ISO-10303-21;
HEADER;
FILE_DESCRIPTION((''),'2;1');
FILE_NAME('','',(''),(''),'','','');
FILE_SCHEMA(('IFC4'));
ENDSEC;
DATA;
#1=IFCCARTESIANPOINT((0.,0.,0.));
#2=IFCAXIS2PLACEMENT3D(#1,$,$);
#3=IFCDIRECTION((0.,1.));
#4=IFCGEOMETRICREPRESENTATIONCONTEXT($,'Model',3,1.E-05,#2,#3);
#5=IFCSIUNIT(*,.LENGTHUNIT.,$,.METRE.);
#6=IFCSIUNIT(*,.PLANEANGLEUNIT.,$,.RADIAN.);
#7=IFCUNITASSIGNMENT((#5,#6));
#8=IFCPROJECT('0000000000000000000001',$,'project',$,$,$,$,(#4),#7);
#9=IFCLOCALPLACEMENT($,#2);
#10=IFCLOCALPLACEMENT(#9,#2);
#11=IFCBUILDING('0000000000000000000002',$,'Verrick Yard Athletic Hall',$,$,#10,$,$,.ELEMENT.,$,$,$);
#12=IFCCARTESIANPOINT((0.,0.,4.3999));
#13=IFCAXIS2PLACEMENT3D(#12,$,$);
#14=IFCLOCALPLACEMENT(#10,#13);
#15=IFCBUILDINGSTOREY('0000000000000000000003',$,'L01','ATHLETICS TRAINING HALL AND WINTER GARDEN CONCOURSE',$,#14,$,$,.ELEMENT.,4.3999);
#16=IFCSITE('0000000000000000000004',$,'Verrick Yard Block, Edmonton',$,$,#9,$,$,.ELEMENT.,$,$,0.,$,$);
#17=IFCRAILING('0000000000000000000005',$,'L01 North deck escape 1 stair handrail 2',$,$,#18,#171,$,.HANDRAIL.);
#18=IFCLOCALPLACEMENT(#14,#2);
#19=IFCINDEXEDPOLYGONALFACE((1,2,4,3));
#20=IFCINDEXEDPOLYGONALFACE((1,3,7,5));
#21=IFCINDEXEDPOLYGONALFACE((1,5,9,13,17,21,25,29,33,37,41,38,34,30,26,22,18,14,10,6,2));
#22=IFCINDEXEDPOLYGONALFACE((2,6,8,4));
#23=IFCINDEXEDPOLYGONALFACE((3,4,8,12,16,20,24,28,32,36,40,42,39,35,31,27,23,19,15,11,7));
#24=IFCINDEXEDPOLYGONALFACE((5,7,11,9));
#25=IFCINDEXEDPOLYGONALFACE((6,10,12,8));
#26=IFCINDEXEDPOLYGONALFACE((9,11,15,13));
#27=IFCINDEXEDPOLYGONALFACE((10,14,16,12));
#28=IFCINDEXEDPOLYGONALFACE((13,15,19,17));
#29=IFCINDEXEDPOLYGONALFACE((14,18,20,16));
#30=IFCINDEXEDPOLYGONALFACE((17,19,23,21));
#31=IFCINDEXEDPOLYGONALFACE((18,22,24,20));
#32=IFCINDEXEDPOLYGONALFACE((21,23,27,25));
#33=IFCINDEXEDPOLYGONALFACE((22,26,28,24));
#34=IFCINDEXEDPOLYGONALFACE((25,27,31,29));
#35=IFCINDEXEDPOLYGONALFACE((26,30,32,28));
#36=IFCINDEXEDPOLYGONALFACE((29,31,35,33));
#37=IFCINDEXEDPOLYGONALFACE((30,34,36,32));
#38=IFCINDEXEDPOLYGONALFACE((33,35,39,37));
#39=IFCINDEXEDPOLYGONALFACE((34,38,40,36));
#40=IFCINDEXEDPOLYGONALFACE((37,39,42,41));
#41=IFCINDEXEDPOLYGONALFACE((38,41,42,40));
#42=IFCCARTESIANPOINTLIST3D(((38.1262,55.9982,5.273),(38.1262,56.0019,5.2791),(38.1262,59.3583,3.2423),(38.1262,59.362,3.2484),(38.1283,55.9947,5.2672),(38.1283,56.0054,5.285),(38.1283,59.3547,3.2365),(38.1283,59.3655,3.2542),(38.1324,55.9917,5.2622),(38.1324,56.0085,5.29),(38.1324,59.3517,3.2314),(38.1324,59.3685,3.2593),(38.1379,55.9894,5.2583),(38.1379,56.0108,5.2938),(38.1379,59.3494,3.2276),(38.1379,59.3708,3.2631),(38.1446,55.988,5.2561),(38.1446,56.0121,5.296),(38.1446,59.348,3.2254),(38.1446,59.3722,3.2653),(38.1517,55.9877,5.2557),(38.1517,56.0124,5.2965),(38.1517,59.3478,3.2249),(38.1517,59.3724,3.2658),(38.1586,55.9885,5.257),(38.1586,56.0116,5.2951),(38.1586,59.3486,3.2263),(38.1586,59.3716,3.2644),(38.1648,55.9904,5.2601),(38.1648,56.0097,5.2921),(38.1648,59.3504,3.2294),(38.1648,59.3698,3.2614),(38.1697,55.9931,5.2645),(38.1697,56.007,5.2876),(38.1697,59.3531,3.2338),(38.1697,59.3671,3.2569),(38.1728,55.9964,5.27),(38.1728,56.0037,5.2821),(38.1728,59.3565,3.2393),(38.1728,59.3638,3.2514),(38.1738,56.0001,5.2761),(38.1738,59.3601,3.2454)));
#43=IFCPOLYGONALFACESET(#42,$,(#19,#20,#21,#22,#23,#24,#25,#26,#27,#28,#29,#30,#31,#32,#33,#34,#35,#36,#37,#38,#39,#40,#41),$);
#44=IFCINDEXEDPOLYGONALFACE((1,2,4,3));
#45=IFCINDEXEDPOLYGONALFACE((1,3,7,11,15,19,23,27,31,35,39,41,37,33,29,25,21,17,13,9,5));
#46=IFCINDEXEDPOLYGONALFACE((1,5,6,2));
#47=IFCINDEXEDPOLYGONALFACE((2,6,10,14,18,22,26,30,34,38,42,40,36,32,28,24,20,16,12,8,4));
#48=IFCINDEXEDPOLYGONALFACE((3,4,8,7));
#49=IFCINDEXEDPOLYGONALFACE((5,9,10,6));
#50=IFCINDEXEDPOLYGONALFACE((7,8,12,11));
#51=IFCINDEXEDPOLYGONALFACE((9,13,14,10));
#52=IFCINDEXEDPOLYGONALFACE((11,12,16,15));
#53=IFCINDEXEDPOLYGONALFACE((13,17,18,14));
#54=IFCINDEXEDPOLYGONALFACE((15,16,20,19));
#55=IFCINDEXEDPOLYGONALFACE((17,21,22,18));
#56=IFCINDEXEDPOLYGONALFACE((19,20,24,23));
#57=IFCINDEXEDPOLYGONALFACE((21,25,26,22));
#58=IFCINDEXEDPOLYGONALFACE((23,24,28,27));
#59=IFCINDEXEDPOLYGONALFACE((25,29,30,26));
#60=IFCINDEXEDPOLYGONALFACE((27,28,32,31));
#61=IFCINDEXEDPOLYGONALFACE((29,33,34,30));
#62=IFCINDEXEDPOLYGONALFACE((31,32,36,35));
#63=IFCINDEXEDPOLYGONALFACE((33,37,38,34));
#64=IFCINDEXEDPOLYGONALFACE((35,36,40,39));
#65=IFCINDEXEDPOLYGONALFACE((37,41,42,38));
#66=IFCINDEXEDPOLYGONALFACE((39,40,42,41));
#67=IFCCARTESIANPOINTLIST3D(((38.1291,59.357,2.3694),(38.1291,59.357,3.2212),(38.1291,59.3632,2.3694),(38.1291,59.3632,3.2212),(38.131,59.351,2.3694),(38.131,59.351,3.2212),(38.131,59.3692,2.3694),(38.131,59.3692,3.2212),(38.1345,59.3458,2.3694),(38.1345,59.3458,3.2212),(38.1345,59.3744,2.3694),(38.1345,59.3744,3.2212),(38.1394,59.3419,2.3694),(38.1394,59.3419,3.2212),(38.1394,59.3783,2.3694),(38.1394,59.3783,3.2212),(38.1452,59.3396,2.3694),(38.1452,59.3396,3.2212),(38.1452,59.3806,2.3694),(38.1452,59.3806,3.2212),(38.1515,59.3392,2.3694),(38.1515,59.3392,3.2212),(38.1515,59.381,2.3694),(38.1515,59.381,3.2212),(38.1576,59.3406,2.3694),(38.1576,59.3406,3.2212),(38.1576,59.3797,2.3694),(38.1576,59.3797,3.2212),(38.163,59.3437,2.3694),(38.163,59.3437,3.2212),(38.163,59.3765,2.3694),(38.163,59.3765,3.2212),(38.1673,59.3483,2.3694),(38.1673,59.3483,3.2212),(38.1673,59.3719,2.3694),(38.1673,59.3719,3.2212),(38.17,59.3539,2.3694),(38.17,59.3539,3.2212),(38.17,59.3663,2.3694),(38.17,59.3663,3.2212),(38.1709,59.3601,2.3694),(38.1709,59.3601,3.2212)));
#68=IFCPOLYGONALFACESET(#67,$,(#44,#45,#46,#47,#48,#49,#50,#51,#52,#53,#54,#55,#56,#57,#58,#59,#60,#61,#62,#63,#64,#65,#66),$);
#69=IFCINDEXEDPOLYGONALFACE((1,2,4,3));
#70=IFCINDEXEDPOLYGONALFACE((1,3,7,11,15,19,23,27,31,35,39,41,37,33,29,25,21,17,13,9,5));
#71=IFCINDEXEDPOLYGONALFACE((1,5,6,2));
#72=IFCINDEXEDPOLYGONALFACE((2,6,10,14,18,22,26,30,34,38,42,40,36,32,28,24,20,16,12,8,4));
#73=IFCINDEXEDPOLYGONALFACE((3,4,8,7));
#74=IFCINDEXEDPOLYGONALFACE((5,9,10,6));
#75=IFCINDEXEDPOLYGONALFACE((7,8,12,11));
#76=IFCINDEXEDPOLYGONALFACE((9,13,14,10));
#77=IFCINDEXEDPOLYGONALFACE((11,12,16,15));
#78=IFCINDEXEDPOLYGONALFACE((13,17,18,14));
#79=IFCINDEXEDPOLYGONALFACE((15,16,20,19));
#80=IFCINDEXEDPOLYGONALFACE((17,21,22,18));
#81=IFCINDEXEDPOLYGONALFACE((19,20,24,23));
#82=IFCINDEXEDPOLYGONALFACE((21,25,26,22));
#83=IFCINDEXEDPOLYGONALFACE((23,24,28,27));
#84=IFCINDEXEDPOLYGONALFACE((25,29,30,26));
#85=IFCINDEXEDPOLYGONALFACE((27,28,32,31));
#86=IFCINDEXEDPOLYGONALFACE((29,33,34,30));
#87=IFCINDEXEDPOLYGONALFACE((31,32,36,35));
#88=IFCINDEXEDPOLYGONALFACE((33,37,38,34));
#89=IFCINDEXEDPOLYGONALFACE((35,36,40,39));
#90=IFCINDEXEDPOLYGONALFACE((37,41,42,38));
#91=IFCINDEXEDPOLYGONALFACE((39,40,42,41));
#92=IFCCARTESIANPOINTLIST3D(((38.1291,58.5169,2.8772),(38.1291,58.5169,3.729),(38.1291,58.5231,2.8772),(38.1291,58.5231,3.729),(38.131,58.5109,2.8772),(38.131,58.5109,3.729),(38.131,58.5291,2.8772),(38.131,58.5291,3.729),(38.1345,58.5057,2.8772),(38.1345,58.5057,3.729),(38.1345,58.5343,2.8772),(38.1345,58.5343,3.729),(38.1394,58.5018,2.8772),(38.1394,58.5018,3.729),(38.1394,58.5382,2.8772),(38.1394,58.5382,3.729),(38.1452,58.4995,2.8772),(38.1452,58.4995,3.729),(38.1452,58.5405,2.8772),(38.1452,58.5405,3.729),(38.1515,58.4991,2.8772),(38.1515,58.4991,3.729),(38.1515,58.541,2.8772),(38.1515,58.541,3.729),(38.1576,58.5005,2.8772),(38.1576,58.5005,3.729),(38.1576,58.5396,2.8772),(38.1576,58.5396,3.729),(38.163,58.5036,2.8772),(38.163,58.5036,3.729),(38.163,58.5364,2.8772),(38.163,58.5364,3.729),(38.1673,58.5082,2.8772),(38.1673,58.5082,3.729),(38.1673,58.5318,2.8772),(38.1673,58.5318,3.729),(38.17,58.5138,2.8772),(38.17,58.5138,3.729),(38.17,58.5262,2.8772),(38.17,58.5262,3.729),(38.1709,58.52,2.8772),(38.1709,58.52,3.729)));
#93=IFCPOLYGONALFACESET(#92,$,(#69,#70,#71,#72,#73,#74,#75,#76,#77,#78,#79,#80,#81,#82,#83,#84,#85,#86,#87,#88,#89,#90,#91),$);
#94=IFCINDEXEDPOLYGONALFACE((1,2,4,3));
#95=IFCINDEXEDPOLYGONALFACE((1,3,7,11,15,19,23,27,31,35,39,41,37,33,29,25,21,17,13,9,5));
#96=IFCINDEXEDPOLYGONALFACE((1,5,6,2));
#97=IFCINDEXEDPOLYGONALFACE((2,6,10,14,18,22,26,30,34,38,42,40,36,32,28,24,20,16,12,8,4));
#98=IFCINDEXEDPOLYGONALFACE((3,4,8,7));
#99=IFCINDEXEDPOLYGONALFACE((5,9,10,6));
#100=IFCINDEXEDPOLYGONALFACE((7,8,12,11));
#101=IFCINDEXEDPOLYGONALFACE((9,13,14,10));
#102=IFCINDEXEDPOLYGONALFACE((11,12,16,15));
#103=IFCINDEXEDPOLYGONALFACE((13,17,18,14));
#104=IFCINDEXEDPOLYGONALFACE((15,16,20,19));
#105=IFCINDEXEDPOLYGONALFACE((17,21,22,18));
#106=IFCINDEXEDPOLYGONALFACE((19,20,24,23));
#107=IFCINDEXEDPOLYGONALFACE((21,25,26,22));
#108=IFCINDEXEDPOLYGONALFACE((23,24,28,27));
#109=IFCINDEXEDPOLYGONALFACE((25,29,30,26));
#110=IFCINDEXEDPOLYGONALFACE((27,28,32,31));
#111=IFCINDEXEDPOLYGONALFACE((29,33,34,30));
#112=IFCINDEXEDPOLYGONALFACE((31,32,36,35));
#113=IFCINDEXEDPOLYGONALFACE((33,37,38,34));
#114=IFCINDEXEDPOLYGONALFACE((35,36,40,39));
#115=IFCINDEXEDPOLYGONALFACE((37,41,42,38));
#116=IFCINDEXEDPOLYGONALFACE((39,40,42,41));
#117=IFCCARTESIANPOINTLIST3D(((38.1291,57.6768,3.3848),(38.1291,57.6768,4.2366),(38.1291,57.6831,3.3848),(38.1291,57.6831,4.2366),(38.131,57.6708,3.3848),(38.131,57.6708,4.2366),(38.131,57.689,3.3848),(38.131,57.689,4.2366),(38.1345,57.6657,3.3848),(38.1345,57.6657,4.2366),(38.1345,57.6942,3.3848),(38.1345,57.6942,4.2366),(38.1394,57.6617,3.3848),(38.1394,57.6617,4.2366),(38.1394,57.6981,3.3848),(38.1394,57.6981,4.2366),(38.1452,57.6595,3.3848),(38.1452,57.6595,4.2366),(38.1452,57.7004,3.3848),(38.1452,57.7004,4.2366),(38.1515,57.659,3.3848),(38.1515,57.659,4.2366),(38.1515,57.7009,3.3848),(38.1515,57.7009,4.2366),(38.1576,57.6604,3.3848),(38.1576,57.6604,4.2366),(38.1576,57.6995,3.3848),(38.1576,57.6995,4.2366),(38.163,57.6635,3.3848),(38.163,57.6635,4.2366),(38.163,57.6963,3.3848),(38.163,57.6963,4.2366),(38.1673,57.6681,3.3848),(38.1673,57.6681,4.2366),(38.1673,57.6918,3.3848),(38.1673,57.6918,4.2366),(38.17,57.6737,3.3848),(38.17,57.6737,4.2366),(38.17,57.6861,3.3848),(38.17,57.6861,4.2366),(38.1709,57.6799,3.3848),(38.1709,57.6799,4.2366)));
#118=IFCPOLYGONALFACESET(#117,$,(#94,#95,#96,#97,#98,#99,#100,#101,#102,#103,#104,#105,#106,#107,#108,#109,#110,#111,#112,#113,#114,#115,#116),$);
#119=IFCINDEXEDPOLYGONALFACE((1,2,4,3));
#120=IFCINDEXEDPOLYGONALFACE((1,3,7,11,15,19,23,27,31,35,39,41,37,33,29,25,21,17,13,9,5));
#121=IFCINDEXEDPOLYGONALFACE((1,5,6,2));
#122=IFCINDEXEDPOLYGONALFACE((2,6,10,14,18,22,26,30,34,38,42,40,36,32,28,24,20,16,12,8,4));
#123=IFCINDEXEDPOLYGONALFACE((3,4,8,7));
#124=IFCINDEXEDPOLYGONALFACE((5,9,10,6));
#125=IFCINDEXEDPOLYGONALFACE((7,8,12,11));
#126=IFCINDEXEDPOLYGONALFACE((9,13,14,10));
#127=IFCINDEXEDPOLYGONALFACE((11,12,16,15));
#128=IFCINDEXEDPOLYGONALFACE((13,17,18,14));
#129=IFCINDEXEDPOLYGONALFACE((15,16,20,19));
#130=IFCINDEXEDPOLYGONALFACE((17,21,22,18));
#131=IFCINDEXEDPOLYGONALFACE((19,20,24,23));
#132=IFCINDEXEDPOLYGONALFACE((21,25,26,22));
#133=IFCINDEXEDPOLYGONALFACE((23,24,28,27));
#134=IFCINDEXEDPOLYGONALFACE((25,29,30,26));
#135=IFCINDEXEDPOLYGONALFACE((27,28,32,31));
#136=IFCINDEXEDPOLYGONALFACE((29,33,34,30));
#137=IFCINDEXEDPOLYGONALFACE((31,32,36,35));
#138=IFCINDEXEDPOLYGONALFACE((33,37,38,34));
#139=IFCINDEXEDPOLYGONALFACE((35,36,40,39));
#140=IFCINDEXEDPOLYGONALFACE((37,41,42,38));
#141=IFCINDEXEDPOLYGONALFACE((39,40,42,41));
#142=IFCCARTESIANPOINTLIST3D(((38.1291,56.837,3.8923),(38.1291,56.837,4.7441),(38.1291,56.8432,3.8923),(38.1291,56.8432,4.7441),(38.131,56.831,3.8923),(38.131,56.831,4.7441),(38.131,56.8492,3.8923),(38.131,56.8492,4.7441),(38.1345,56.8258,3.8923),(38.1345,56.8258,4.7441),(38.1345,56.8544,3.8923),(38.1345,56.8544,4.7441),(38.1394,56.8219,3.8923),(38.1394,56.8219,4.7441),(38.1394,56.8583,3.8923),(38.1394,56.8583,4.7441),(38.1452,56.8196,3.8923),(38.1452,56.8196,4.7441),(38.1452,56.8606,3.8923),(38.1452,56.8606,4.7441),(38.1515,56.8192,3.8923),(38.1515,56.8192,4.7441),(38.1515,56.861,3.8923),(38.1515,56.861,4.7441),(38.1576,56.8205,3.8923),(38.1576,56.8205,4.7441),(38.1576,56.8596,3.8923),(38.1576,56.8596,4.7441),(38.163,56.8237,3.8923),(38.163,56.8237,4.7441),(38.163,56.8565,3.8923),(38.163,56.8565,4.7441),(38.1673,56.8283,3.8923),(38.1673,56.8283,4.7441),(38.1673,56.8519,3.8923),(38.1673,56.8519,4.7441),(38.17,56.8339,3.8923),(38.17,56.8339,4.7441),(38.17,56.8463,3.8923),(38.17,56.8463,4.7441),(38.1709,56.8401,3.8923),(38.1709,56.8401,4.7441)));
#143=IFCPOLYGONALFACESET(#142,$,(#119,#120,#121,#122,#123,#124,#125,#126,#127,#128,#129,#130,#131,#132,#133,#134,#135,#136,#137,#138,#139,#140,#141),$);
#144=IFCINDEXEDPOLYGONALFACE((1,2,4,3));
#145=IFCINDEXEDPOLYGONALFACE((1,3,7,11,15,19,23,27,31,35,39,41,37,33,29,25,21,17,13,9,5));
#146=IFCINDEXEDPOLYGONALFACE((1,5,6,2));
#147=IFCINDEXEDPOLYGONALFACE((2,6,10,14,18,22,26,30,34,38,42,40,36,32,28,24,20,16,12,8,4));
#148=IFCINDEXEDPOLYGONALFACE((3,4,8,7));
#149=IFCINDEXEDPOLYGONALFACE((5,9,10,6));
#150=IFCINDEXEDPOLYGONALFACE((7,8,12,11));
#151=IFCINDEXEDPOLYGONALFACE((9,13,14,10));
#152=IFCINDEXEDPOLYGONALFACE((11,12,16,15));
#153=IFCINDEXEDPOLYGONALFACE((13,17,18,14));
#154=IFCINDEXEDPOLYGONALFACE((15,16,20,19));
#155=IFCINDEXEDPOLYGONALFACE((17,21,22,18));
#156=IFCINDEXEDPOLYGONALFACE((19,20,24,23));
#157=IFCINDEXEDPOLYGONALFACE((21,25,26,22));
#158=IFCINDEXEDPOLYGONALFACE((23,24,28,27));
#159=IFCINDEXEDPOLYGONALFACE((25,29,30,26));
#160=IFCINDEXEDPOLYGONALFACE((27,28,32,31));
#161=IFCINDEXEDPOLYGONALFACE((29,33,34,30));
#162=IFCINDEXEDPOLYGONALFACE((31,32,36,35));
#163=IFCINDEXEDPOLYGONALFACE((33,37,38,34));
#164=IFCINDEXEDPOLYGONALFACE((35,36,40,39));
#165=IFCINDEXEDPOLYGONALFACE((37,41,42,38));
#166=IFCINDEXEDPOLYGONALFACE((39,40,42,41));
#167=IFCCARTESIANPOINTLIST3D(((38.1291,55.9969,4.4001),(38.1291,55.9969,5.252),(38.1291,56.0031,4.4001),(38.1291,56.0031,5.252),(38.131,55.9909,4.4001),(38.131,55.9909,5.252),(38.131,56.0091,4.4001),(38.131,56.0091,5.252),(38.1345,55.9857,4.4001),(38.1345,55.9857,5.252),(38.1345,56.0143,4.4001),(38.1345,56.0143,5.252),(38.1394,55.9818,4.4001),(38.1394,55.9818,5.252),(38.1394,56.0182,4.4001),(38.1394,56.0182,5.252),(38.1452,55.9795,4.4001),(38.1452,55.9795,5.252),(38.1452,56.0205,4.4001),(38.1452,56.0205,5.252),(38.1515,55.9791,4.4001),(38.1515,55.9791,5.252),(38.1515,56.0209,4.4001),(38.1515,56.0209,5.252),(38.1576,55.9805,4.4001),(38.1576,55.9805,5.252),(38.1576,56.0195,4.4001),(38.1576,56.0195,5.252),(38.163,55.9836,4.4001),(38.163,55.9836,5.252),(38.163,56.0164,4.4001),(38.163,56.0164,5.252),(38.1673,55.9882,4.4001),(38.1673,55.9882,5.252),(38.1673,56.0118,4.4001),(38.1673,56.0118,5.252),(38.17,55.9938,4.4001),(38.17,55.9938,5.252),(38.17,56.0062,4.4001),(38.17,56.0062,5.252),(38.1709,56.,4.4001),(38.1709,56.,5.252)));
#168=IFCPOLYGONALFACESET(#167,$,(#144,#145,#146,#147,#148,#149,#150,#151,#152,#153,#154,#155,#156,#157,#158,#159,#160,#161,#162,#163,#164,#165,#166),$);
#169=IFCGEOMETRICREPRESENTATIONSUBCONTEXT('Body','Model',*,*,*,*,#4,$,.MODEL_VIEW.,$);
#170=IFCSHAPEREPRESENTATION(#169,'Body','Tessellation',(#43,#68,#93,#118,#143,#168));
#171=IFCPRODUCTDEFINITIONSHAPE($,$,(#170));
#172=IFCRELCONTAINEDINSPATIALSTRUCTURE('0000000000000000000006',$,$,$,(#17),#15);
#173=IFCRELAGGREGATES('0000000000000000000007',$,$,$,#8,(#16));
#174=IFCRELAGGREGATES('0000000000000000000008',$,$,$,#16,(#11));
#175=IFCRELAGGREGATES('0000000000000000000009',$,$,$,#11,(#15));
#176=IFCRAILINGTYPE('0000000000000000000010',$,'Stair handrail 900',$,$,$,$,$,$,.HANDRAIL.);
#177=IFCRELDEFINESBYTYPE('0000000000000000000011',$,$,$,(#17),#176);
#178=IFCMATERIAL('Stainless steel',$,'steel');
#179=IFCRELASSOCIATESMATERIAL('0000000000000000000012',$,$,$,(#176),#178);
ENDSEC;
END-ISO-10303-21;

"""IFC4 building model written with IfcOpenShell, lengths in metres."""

from ifc_helpers import new_model, si_unit, direction, frame, origin, origin_2d, place, context, subcontext, project, spatial, circle, extrude, material, type_object, element, save


model = new_model("IFC4")

# Units and contexts
model_context = context("Model", 3, precision=1e-05, world=origin(), true_north=direction((0.0, 1.0)))
body_context = subcontext(model_context, "Body", "Model", "MODEL_VIEW")
ifc_project = project(units=[si_unit("LENGTHUNIT", "METRE"), si_unit("PLANEANGLEUNIT", "RADIAN")], contexts=[model_context])

# Site, building, storey
site_placement = place(None, origin())
site = spatial("IfcSite", under=ifc_project, at=site_placement, Name="Verrick Yard Block, Edmonton", CompositionType="ELEMENT", RefElevation=0.0)
building_placement = place(site_placement, origin())
building = spatial("IfcBuilding", under=site, at=building_placement, Name="Verrick Yard Athletic Hall", CompositionType="ELEMENT")
storey_placement = place(building_placement, frame((0.0, 0.0, 4.3999)))
storey = spatial("IfcBuildingStorey", under=building, at=storey_placement, Name="L01", Description="ATHLETICS TRAINING HALL AND WINTER GARDEN CONCOURSE", CompositionType="ELEMENT", Elevation=4.3999)

# Railing
ifc_material_1 = material(Name="Stainless steel", Category="steel")
railing_type_1 = type_object("IfcRailingType", Name="Stair handrail 900", PredefinedType="HANDRAIL", material=ifc_material_1)
railing_1_placement = place(storey_placement, frame((38.1499, 59.3601, 2.3694)))
element("IfcRailing", 1, at=railing_1_placement, inside=storey, type_object=railing_type_1, Name="L01 North deck escape 1 stair handrail 2", PredefinedType="HANDRAIL", context=body_context, shape_type="SweptSolid", body=[
    extrude(circle(Radius=0.0239, at=origin_2d()), frame((0.0, 0.0, 0.876), z_axis=(0.0, -0.855837, 0.517246), x_axis=(1.0, 0.0, 0.0)), (0.0, 0.0, 1.0), 3.926),
    extrude(circle(Radius=0.021, at=origin_2d()), origin(), (0.0, 0.0, 1.0), 0.8518),
    extrude(circle(Radius=0.021, at=origin_2d()), frame((0.0, -0.8401, 0.5078)), (0.0, 0.0, 1.0), 0.8518),
    extrude(circle(Radius=0.021, at=origin_2d()), frame((0.0, -1.6802, 1.0154)), (0.0, 0.0, 1.0), 0.8518),
    extrude(circle(Radius=0.021, at=origin_2d()), frame((0.0, -2.52, 1.5229)), (0.0, 0.0, 1.0), 0.8518),
    extrude(circle(Radius=0.021, at=origin_2d()), frame((0.0, -3.3601, 2.0308)), (0.0, 0.0, 1.0), 0.8518),
])

save(model, "model.ifc")
